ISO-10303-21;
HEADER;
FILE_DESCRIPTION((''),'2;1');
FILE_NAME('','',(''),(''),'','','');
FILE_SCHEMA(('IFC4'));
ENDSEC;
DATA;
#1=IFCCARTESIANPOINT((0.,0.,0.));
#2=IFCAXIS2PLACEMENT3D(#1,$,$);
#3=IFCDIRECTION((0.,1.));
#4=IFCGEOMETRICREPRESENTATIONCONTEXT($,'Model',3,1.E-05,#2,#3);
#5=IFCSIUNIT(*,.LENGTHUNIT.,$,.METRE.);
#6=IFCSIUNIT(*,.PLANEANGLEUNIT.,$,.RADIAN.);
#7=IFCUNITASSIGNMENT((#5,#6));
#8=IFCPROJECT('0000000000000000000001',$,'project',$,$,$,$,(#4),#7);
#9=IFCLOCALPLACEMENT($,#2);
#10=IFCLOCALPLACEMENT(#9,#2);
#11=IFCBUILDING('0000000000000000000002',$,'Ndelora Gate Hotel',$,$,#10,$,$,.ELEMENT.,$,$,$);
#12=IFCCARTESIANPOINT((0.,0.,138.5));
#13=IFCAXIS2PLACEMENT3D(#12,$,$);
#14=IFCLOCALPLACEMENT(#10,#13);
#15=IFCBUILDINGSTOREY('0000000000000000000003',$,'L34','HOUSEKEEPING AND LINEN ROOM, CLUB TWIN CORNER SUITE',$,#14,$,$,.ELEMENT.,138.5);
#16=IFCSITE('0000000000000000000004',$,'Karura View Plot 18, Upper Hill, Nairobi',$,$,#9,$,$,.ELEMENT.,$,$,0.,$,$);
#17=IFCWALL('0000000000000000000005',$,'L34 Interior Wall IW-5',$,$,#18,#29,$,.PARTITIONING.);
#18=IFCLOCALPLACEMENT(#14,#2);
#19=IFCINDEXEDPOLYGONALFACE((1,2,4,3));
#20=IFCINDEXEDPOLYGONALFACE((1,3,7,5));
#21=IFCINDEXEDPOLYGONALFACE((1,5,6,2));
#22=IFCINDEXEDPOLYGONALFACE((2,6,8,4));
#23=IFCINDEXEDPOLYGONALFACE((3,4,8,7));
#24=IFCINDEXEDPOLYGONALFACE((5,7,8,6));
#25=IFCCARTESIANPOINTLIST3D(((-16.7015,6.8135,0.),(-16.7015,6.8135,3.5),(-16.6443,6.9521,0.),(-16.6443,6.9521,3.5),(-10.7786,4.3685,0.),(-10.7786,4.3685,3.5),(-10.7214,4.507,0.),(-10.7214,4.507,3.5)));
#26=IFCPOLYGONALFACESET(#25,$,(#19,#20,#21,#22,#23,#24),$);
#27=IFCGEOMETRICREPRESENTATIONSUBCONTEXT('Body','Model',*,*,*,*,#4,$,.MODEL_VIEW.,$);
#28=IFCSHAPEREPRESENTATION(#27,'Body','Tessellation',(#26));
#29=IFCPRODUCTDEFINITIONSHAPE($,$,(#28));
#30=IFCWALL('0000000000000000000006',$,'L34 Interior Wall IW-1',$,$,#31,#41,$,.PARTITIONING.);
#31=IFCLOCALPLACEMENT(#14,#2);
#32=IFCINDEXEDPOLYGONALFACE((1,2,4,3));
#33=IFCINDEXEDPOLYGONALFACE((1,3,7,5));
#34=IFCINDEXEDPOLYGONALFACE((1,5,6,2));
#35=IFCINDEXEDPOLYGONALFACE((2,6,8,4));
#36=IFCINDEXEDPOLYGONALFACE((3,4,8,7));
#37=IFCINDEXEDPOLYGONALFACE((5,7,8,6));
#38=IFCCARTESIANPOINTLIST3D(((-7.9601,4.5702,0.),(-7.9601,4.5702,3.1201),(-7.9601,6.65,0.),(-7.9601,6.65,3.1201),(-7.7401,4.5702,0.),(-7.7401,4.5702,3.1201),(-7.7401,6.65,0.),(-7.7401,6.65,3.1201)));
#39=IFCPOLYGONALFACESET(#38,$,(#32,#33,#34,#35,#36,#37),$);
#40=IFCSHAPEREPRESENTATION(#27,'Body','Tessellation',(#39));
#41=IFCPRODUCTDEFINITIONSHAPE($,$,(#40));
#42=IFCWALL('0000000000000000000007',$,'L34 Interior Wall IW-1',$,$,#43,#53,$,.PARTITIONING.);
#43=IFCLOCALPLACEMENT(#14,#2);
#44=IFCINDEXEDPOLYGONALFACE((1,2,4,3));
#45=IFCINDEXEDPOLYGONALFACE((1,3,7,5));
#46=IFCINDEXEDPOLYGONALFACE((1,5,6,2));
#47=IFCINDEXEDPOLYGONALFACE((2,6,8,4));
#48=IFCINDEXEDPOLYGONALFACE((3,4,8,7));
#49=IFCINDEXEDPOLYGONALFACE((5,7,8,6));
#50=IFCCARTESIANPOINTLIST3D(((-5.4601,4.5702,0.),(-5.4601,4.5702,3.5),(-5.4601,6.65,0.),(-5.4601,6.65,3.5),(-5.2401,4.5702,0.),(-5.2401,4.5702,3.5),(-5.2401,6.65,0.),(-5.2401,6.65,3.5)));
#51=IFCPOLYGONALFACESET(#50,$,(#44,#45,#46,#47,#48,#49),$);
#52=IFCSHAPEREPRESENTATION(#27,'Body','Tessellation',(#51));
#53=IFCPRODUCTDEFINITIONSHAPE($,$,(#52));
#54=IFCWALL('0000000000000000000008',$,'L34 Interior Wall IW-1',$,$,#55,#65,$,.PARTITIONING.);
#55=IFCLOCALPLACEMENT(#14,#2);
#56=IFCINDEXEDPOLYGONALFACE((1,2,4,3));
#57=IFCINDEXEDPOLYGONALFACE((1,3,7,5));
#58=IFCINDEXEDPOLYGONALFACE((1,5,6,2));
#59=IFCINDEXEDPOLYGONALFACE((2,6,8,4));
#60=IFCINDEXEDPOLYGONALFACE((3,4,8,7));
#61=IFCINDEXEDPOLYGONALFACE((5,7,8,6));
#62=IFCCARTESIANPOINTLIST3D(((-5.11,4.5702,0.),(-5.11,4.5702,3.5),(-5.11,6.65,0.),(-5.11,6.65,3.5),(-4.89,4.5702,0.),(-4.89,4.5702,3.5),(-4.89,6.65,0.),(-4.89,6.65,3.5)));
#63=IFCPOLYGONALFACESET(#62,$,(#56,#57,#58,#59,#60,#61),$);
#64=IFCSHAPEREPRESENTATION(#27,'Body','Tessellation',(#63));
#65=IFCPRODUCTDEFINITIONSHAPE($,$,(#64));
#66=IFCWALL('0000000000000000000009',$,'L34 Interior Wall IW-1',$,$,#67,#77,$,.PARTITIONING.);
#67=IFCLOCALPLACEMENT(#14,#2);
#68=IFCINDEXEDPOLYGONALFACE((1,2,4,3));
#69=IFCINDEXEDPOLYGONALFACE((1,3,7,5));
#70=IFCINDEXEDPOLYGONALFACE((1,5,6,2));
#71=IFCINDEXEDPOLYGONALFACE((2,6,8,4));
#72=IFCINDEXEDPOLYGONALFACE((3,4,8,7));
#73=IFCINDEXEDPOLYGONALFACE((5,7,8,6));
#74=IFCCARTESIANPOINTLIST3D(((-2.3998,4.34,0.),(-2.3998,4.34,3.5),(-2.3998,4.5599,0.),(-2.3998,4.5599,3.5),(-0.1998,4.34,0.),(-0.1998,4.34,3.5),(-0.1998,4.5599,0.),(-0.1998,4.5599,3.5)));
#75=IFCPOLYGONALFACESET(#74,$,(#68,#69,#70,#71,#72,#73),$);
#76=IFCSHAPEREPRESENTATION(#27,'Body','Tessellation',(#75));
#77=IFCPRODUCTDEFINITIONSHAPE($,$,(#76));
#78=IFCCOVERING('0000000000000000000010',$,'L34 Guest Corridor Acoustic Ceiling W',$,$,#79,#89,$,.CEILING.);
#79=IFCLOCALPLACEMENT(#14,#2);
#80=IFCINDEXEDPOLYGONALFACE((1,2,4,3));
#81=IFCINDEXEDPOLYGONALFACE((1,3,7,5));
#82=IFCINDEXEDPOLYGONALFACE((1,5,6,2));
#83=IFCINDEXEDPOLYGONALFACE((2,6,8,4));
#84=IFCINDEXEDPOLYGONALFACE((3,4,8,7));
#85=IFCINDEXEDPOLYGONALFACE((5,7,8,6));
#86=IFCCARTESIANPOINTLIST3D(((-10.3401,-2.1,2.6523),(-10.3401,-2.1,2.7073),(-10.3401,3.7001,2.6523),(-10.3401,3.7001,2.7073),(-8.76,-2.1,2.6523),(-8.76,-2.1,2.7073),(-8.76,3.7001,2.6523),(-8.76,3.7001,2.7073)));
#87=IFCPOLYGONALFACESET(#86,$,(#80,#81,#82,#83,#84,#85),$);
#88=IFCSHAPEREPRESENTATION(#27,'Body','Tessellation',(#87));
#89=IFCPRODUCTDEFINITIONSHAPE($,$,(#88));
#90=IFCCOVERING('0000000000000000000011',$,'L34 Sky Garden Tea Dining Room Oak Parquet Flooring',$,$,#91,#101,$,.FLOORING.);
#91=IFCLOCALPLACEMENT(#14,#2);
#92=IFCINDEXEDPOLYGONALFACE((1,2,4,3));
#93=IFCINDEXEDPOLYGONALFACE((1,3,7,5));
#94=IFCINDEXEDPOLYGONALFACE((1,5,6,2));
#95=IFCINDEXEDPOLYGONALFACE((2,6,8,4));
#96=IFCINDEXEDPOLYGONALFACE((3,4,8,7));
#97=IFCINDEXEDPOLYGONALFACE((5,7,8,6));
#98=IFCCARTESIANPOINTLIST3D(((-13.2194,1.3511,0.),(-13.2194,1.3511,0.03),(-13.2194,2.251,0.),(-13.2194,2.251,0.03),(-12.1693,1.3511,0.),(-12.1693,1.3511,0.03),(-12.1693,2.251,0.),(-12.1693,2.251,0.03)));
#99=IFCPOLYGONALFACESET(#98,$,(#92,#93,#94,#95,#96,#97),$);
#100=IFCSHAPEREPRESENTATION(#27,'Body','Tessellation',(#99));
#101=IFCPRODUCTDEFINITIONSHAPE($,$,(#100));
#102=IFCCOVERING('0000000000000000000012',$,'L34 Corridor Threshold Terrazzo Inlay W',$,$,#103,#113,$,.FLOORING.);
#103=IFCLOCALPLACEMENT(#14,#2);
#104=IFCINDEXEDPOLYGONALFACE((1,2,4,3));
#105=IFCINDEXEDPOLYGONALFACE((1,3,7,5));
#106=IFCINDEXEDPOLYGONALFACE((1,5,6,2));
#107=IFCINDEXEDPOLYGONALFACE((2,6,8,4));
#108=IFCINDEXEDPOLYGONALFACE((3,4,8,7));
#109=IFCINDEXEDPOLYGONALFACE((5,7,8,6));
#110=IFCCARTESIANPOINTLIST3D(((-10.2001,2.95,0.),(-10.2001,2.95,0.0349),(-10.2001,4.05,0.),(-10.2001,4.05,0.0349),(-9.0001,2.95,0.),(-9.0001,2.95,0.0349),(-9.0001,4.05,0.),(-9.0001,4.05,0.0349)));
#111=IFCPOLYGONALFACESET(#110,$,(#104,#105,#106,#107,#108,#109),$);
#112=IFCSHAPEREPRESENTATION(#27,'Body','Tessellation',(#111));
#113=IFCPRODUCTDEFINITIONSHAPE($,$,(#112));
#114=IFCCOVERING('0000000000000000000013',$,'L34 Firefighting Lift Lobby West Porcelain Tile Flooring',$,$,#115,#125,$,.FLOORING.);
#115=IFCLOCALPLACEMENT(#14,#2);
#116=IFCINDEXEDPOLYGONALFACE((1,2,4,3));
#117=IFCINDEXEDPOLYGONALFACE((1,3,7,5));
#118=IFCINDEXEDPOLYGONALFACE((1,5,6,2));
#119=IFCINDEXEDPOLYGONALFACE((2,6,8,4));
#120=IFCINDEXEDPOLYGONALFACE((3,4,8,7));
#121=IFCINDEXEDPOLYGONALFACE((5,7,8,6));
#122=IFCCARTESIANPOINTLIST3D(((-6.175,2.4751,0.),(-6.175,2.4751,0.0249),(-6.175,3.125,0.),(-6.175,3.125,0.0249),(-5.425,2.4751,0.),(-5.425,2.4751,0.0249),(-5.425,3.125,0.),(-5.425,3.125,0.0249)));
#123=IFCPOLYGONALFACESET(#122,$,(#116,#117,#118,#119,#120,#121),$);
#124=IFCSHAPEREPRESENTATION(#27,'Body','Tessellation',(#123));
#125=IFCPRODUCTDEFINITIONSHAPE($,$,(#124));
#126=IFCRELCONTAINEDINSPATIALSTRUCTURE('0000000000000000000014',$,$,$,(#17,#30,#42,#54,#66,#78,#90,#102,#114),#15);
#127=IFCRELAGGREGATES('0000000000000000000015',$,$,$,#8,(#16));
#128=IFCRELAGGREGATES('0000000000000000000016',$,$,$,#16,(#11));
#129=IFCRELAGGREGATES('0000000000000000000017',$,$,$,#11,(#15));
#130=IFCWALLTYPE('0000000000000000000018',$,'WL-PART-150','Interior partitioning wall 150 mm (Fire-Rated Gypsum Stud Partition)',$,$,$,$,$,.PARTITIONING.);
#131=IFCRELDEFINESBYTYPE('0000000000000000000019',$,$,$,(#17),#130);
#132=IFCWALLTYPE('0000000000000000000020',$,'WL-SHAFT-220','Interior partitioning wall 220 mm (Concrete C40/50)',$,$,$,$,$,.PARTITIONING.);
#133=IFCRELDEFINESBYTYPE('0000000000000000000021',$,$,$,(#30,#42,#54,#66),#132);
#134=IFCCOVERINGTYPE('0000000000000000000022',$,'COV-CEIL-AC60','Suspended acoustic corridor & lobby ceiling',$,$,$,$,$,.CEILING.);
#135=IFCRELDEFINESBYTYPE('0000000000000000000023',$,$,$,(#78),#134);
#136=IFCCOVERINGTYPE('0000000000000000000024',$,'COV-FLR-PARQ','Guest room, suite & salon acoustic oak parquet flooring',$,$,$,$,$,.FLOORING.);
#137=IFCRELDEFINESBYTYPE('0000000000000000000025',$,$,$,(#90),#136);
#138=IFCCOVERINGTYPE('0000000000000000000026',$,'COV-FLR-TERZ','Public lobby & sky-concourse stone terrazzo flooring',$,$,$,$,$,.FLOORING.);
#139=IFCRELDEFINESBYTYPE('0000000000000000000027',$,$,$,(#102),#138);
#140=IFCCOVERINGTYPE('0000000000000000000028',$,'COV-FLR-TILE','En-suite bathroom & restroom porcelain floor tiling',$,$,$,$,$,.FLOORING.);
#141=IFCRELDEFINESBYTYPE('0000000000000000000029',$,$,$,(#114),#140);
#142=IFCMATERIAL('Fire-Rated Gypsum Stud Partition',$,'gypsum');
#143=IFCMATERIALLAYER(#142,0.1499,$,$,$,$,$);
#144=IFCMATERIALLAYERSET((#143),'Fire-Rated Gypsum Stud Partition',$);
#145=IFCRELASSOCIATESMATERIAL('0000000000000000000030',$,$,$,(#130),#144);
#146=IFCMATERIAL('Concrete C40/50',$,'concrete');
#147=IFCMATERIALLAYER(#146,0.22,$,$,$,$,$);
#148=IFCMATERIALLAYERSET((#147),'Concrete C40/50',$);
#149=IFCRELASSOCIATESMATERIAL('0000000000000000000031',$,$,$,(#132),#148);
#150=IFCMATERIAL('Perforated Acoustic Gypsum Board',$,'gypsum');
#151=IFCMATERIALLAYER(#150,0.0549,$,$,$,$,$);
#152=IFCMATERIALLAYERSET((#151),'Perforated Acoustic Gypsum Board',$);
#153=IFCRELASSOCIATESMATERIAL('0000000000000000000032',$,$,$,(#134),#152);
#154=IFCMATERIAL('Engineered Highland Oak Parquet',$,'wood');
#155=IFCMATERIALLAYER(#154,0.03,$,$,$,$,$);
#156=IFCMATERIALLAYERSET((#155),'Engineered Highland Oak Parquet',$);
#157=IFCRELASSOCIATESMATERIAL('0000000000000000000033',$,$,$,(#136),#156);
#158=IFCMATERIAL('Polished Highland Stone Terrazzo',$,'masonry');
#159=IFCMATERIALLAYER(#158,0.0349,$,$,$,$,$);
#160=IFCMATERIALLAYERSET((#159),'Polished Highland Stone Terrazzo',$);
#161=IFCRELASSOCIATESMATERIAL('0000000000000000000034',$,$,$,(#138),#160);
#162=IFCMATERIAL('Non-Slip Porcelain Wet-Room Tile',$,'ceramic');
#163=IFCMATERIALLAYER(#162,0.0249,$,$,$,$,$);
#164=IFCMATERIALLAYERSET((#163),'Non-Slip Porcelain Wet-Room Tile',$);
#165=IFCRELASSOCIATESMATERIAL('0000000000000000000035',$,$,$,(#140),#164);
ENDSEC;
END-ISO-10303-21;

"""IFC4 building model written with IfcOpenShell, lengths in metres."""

from ifc_helpers import new_model, si_unit, direction, frame, frame_2d, origin, origin_2d, place, context, subcontext, project, spatial, rectangle, extrude, material, layer, layer_set, type_object, element, save


model = new_model("IFC4")

# Units and contexts
model_context = context("Model", 3, precision=1e-05, world=origin(), true_north=direction((0.0, 1.0)))
body_context = subcontext(model_context, "Body", "Model", "MODEL_VIEW")
ifc_project = project(units=[si_unit("LENGTHUNIT", "METRE"), si_unit("PLANEANGLEUNIT", "RADIAN")], contexts=[model_context])

# Site, building, storey
site_placement = place(None, origin())
site = spatial("IfcSite", under=ifc_project, at=site_placement, Name="Karura View Plot 18, Upper Hill, Nairobi", CompositionType="ELEMENT", RefElevation=0.0)
building_placement = place(site_placement, origin())
building = spatial("IfcBuilding", under=site, at=building_placement, Name="Ndelora Gate Hotel", CompositionType="ELEMENT")
storey_placement = place(building_placement, frame((0.0, 0.0, 138.5)))
storey = spatial("IfcBuildingStorey", under=building, at=storey_placement, Name="L34", Description="HOUSEKEEPING AND LINEN ROOM, CLUB TWIN CORNER SUITE", CompositionType="ELEMENT", Elevation=138.5)

# Shared definitions
ifc_material_1 = material(Name="Concrete C40/50", Category="concrete")

# Wall
ifc_material_2 = material(Name="Fire-Rated Gypsum Stud Partition", Category="gypsum")
ifc_layer_1 = layer(ifc_material_2, 0.1499)
ifc_layer_set_1 = layer_set([ifc_layer_1], Name="Fire-Rated Gypsum Stud Partition")
wall_type_1 = type_object("IfcWallType", Name="WL-PART-150", Description="Interior partitioning wall 150 mm (Fire-Rated Gypsum Stud Partition)", PredefinedType="PARTITIONING", material=ifc_layer_set_1)
wall_1_placement = place(storey_placement, frame((-10.75, 4.4377, 0.0), z_axis=(0.0, 0.0, 1.0), x_axis=(-0.924334, 0.381583, 0.0)))
element("IfcWall", 1, at=wall_1_placement, inside=storey, type_object=wall_type_1, Name="L34 Interior Wall IW-5", PredefinedType="PARTITIONING", context=body_context, shape_type="SweptSolid", body=[
    extrude(rectangle(XDim=6.4077, YDim=0.1499, at=frame_2d((3.2039, 0.0))), origin(), (0.0, 0.0, 1.0), 3.5),
])

# Shared definitions
ifc_layer_2 = layer(ifc_material_1, 0.22)
ifc_layer_set_2 = layer_set([ifc_layer_2], Name="Concrete C40/50")
wall_type_2 = type_object("IfcWallType", Name="WL-SHAFT-220", Description="Interior partitioning wall 220 mm (Concrete C40/50)", PredefinedType="PARTITIONING", material=ifc_layer_set_2)

# Walls
wall_2_placement = place(storey_placement, frame((-7.8501, 4.5701, 0.0), z_axis=(0.0, 0.0, 1.0), x_axis=(0.0, 1.0, 0.0)))
element("IfcWall", 2, at=wall_2_placement, inside=storey, type_object=wall_type_2, Name="L34 Interior Wall IW-1", PredefinedType="PARTITIONING", context=body_context, shape_type="SweptSolid", body=[
    extrude(rectangle(XDim=2.0798, YDim=0.22, at=frame_2d((1.04, 0.0))), origin(), (0.0, 0.0, 1.0), 3.1201),
])
wall_3_placement = place(storey_placement, frame((-5.3501, 4.5701, 0.0), z_axis=(0.0, 0.0, 1.0), x_axis=(0.0, 1.0, 0.0)))
element("IfcWall", 3, at=wall_3_placement, inside=storey, type_object=wall_type_2, Name="L34 Interior Wall IW-1", PredefinedType="PARTITIONING", context=body_context, shape_type="SweptSolid", body=[
    extrude(rectangle(XDim=2.0798, YDim=0.22, at=frame_2d((1.04, 0.0))), origin(), (0.0, 0.0, 1.0), 3.5),
])

# Walls
wall_4_placement = place(storey_placement, frame((-5.0, 4.5701, 0.0), z_axis=(0.0, 0.0, 1.0), x_axis=(0.0, 1.0, 0.0)))
element("IfcWall", 4, at=wall_4_placement, inside=storey, type_object=wall_type_2, Name="L34 Interior Wall IW-1", PredefinedType="PARTITIONING", context=body_context, shape_type="SweptSolid", body=[
    extrude(rectangle(XDim=2.0798, YDim=0.22, at=frame_2d((1.04, 0.0))), origin(), (0.0, 0.0, 1.0), 3.5),
])
wall_5_placement = place(storey_placement, frame((-2.3999, 4.45, 0.0), z_axis=(0.0, 0.0, 1.0), x_axis=(1.0, 0.0, 0.0)))
element("IfcWall", 5, at=wall_5_placement, inside=storey, type_object=wall_type_2, Name="L34 Interior Wall IW-1", PredefinedType="PARTITIONING", context=body_context, shape_type="SweptSolid", body=[
    extrude(rectangle(XDim=2.2, YDim=0.22, at=frame_2d((1.1001, 0.0))), origin(), (0.0, 0.0, 1.0), 3.5),
])

# Coverings
ifc_material_3 = material(Name="Perforated Acoustic Gypsum Board", Category="gypsum")
ifc_layer_3 = layer(ifc_material_3, 0.0549)
ifc_layer_set_3 = layer_set([ifc_layer_3], Name="Perforated Acoustic Gypsum Board")
covering_type_1 = type_object("IfcCoveringType", Name="COV-CEIL-AC60", Description="Suspended acoustic corridor & lobby ceiling", PredefinedType="CEILING", material=ifc_layer_set_3)
covering_1_placement = place(storey_placement, frame((-9.55, 0.8, 2.6523), z_axis=(0.0, 0.0, 1.0), x_axis=(1.0, 0.0, 0.0)))
element("IfcCovering", 6, at=covering_1_placement, inside=storey, type_object=covering_type_1, Name="L34 Guest Corridor Acoustic Ceiling W", PredefinedType="CEILING", context=body_context, shape_type="SweptSolid", body=[
    extrude(rectangle(XDim=1.5801, YDim=5.8, at=origin_2d()), origin(), (0.0, 0.0, 1.0), 0.0549),
])
ifc_material_4 = material(Name="Engineered Highland Oak Parquet", Category="wood")
ifc_layer_4 = layer(ifc_material_4, 0.03)
ifc_layer_set_4 = layer_set([ifc_layer_4], Name="Engineered Highland Oak Parquet")
covering_type_2 = type_object("IfcCoveringType", Name="COV-FLR-PARQ", Description="Guest room, suite & salon acoustic oak parquet flooring", PredefinedType="FLOORING", material=ifc_layer_set_4)
covering_2_placement = place(storey_placement, frame((-12.6943, 1.801, 0.0), z_axis=(0.0, 0.0, 1.0), x_axis=(1.0, 0.0, 0.0)))
element("IfcCovering", 7, at=covering_2_placement, inside=storey, type_object=covering_type_2, Name="L34 Sky Garden Tea Dining Room Oak Parquet Flooring", PredefinedType="FLOORING", context=body_context, shape_type="SweptSolid", body=[
    extrude(rectangle(XDim=1.05, YDim=0.8999, at=origin_2d()), origin(), (0.0, 0.0, 1.0), 0.03),
])
ifc_material_5 = material(Name="Polished Highland Stone Terrazzo", Category="masonry")
ifc_layer_5 = layer(ifc_material_5, 0.0349)
ifc_layer_set_5 = layer_set([ifc_layer_5], Name="Polished Highland Stone Terrazzo")
covering_type_3 = type_object("IfcCoveringType", Name="COV-FLR-TERZ", Description="Public lobby & sky-concourse stone terrazzo flooring", PredefinedType="FLOORING", material=ifc_layer_set_5)
covering_3_placement = place(storey_placement, frame((-9.6001, 3.5, 0.0), z_axis=(0.0, 0.0, 1.0), x_axis=(1.0, 0.0, 0.0)))
element("IfcCovering", 8, at=covering_3_placement, inside=storey, type_object=covering_type_3, Name="L34 Corridor Threshold Terrazzo Inlay W", PredefinedType="FLOORING", context=body_context, shape_type="SweptSolid", body=[
    extrude(rectangle(XDim=1.2, YDim=1.1001, at=origin_2d()), origin(), (0.0, 0.0, 1.0), 0.0349),
])
ifc_material_6 = material(Name="Non-Slip Porcelain Wet-Room Tile", Category="ceramic")
ifc_layer_6 = layer(ifc_material_6, 0.0249)
ifc_layer_set_6 = layer_set([ifc_layer_6], Name="Non-Slip Porcelain Wet-Room Tile")
covering_type_4 = type_object("IfcCoveringType", Name="COV-FLR-TILE", Description="En-suite bathroom & restroom porcelain floor tiling", PredefinedType="FLOORING", material=ifc_layer_set_6)
covering_4_placement = place(storey_placement, frame((-5.8, 2.8, 0.0), z_axis=(0.0, 0.0, 1.0), x_axis=(1.0, 0.0, 0.0)))
element("IfcCovering", 9, at=covering_4_placement, inside=storey, type_object=covering_type_4, Name="L34 Firefighting Lift Lobby West Porcelain Tile Flooring", PredefinedType="FLOORING", context=body_context, shape_type="SweptSolid", body=[
    extrude(rectangle(XDim=0.75, YDim=0.6499, at=origin_2d()), origin(), (0.0, 0.0, 1.0), 0.0249),
])

save(model, "model.ifc")
